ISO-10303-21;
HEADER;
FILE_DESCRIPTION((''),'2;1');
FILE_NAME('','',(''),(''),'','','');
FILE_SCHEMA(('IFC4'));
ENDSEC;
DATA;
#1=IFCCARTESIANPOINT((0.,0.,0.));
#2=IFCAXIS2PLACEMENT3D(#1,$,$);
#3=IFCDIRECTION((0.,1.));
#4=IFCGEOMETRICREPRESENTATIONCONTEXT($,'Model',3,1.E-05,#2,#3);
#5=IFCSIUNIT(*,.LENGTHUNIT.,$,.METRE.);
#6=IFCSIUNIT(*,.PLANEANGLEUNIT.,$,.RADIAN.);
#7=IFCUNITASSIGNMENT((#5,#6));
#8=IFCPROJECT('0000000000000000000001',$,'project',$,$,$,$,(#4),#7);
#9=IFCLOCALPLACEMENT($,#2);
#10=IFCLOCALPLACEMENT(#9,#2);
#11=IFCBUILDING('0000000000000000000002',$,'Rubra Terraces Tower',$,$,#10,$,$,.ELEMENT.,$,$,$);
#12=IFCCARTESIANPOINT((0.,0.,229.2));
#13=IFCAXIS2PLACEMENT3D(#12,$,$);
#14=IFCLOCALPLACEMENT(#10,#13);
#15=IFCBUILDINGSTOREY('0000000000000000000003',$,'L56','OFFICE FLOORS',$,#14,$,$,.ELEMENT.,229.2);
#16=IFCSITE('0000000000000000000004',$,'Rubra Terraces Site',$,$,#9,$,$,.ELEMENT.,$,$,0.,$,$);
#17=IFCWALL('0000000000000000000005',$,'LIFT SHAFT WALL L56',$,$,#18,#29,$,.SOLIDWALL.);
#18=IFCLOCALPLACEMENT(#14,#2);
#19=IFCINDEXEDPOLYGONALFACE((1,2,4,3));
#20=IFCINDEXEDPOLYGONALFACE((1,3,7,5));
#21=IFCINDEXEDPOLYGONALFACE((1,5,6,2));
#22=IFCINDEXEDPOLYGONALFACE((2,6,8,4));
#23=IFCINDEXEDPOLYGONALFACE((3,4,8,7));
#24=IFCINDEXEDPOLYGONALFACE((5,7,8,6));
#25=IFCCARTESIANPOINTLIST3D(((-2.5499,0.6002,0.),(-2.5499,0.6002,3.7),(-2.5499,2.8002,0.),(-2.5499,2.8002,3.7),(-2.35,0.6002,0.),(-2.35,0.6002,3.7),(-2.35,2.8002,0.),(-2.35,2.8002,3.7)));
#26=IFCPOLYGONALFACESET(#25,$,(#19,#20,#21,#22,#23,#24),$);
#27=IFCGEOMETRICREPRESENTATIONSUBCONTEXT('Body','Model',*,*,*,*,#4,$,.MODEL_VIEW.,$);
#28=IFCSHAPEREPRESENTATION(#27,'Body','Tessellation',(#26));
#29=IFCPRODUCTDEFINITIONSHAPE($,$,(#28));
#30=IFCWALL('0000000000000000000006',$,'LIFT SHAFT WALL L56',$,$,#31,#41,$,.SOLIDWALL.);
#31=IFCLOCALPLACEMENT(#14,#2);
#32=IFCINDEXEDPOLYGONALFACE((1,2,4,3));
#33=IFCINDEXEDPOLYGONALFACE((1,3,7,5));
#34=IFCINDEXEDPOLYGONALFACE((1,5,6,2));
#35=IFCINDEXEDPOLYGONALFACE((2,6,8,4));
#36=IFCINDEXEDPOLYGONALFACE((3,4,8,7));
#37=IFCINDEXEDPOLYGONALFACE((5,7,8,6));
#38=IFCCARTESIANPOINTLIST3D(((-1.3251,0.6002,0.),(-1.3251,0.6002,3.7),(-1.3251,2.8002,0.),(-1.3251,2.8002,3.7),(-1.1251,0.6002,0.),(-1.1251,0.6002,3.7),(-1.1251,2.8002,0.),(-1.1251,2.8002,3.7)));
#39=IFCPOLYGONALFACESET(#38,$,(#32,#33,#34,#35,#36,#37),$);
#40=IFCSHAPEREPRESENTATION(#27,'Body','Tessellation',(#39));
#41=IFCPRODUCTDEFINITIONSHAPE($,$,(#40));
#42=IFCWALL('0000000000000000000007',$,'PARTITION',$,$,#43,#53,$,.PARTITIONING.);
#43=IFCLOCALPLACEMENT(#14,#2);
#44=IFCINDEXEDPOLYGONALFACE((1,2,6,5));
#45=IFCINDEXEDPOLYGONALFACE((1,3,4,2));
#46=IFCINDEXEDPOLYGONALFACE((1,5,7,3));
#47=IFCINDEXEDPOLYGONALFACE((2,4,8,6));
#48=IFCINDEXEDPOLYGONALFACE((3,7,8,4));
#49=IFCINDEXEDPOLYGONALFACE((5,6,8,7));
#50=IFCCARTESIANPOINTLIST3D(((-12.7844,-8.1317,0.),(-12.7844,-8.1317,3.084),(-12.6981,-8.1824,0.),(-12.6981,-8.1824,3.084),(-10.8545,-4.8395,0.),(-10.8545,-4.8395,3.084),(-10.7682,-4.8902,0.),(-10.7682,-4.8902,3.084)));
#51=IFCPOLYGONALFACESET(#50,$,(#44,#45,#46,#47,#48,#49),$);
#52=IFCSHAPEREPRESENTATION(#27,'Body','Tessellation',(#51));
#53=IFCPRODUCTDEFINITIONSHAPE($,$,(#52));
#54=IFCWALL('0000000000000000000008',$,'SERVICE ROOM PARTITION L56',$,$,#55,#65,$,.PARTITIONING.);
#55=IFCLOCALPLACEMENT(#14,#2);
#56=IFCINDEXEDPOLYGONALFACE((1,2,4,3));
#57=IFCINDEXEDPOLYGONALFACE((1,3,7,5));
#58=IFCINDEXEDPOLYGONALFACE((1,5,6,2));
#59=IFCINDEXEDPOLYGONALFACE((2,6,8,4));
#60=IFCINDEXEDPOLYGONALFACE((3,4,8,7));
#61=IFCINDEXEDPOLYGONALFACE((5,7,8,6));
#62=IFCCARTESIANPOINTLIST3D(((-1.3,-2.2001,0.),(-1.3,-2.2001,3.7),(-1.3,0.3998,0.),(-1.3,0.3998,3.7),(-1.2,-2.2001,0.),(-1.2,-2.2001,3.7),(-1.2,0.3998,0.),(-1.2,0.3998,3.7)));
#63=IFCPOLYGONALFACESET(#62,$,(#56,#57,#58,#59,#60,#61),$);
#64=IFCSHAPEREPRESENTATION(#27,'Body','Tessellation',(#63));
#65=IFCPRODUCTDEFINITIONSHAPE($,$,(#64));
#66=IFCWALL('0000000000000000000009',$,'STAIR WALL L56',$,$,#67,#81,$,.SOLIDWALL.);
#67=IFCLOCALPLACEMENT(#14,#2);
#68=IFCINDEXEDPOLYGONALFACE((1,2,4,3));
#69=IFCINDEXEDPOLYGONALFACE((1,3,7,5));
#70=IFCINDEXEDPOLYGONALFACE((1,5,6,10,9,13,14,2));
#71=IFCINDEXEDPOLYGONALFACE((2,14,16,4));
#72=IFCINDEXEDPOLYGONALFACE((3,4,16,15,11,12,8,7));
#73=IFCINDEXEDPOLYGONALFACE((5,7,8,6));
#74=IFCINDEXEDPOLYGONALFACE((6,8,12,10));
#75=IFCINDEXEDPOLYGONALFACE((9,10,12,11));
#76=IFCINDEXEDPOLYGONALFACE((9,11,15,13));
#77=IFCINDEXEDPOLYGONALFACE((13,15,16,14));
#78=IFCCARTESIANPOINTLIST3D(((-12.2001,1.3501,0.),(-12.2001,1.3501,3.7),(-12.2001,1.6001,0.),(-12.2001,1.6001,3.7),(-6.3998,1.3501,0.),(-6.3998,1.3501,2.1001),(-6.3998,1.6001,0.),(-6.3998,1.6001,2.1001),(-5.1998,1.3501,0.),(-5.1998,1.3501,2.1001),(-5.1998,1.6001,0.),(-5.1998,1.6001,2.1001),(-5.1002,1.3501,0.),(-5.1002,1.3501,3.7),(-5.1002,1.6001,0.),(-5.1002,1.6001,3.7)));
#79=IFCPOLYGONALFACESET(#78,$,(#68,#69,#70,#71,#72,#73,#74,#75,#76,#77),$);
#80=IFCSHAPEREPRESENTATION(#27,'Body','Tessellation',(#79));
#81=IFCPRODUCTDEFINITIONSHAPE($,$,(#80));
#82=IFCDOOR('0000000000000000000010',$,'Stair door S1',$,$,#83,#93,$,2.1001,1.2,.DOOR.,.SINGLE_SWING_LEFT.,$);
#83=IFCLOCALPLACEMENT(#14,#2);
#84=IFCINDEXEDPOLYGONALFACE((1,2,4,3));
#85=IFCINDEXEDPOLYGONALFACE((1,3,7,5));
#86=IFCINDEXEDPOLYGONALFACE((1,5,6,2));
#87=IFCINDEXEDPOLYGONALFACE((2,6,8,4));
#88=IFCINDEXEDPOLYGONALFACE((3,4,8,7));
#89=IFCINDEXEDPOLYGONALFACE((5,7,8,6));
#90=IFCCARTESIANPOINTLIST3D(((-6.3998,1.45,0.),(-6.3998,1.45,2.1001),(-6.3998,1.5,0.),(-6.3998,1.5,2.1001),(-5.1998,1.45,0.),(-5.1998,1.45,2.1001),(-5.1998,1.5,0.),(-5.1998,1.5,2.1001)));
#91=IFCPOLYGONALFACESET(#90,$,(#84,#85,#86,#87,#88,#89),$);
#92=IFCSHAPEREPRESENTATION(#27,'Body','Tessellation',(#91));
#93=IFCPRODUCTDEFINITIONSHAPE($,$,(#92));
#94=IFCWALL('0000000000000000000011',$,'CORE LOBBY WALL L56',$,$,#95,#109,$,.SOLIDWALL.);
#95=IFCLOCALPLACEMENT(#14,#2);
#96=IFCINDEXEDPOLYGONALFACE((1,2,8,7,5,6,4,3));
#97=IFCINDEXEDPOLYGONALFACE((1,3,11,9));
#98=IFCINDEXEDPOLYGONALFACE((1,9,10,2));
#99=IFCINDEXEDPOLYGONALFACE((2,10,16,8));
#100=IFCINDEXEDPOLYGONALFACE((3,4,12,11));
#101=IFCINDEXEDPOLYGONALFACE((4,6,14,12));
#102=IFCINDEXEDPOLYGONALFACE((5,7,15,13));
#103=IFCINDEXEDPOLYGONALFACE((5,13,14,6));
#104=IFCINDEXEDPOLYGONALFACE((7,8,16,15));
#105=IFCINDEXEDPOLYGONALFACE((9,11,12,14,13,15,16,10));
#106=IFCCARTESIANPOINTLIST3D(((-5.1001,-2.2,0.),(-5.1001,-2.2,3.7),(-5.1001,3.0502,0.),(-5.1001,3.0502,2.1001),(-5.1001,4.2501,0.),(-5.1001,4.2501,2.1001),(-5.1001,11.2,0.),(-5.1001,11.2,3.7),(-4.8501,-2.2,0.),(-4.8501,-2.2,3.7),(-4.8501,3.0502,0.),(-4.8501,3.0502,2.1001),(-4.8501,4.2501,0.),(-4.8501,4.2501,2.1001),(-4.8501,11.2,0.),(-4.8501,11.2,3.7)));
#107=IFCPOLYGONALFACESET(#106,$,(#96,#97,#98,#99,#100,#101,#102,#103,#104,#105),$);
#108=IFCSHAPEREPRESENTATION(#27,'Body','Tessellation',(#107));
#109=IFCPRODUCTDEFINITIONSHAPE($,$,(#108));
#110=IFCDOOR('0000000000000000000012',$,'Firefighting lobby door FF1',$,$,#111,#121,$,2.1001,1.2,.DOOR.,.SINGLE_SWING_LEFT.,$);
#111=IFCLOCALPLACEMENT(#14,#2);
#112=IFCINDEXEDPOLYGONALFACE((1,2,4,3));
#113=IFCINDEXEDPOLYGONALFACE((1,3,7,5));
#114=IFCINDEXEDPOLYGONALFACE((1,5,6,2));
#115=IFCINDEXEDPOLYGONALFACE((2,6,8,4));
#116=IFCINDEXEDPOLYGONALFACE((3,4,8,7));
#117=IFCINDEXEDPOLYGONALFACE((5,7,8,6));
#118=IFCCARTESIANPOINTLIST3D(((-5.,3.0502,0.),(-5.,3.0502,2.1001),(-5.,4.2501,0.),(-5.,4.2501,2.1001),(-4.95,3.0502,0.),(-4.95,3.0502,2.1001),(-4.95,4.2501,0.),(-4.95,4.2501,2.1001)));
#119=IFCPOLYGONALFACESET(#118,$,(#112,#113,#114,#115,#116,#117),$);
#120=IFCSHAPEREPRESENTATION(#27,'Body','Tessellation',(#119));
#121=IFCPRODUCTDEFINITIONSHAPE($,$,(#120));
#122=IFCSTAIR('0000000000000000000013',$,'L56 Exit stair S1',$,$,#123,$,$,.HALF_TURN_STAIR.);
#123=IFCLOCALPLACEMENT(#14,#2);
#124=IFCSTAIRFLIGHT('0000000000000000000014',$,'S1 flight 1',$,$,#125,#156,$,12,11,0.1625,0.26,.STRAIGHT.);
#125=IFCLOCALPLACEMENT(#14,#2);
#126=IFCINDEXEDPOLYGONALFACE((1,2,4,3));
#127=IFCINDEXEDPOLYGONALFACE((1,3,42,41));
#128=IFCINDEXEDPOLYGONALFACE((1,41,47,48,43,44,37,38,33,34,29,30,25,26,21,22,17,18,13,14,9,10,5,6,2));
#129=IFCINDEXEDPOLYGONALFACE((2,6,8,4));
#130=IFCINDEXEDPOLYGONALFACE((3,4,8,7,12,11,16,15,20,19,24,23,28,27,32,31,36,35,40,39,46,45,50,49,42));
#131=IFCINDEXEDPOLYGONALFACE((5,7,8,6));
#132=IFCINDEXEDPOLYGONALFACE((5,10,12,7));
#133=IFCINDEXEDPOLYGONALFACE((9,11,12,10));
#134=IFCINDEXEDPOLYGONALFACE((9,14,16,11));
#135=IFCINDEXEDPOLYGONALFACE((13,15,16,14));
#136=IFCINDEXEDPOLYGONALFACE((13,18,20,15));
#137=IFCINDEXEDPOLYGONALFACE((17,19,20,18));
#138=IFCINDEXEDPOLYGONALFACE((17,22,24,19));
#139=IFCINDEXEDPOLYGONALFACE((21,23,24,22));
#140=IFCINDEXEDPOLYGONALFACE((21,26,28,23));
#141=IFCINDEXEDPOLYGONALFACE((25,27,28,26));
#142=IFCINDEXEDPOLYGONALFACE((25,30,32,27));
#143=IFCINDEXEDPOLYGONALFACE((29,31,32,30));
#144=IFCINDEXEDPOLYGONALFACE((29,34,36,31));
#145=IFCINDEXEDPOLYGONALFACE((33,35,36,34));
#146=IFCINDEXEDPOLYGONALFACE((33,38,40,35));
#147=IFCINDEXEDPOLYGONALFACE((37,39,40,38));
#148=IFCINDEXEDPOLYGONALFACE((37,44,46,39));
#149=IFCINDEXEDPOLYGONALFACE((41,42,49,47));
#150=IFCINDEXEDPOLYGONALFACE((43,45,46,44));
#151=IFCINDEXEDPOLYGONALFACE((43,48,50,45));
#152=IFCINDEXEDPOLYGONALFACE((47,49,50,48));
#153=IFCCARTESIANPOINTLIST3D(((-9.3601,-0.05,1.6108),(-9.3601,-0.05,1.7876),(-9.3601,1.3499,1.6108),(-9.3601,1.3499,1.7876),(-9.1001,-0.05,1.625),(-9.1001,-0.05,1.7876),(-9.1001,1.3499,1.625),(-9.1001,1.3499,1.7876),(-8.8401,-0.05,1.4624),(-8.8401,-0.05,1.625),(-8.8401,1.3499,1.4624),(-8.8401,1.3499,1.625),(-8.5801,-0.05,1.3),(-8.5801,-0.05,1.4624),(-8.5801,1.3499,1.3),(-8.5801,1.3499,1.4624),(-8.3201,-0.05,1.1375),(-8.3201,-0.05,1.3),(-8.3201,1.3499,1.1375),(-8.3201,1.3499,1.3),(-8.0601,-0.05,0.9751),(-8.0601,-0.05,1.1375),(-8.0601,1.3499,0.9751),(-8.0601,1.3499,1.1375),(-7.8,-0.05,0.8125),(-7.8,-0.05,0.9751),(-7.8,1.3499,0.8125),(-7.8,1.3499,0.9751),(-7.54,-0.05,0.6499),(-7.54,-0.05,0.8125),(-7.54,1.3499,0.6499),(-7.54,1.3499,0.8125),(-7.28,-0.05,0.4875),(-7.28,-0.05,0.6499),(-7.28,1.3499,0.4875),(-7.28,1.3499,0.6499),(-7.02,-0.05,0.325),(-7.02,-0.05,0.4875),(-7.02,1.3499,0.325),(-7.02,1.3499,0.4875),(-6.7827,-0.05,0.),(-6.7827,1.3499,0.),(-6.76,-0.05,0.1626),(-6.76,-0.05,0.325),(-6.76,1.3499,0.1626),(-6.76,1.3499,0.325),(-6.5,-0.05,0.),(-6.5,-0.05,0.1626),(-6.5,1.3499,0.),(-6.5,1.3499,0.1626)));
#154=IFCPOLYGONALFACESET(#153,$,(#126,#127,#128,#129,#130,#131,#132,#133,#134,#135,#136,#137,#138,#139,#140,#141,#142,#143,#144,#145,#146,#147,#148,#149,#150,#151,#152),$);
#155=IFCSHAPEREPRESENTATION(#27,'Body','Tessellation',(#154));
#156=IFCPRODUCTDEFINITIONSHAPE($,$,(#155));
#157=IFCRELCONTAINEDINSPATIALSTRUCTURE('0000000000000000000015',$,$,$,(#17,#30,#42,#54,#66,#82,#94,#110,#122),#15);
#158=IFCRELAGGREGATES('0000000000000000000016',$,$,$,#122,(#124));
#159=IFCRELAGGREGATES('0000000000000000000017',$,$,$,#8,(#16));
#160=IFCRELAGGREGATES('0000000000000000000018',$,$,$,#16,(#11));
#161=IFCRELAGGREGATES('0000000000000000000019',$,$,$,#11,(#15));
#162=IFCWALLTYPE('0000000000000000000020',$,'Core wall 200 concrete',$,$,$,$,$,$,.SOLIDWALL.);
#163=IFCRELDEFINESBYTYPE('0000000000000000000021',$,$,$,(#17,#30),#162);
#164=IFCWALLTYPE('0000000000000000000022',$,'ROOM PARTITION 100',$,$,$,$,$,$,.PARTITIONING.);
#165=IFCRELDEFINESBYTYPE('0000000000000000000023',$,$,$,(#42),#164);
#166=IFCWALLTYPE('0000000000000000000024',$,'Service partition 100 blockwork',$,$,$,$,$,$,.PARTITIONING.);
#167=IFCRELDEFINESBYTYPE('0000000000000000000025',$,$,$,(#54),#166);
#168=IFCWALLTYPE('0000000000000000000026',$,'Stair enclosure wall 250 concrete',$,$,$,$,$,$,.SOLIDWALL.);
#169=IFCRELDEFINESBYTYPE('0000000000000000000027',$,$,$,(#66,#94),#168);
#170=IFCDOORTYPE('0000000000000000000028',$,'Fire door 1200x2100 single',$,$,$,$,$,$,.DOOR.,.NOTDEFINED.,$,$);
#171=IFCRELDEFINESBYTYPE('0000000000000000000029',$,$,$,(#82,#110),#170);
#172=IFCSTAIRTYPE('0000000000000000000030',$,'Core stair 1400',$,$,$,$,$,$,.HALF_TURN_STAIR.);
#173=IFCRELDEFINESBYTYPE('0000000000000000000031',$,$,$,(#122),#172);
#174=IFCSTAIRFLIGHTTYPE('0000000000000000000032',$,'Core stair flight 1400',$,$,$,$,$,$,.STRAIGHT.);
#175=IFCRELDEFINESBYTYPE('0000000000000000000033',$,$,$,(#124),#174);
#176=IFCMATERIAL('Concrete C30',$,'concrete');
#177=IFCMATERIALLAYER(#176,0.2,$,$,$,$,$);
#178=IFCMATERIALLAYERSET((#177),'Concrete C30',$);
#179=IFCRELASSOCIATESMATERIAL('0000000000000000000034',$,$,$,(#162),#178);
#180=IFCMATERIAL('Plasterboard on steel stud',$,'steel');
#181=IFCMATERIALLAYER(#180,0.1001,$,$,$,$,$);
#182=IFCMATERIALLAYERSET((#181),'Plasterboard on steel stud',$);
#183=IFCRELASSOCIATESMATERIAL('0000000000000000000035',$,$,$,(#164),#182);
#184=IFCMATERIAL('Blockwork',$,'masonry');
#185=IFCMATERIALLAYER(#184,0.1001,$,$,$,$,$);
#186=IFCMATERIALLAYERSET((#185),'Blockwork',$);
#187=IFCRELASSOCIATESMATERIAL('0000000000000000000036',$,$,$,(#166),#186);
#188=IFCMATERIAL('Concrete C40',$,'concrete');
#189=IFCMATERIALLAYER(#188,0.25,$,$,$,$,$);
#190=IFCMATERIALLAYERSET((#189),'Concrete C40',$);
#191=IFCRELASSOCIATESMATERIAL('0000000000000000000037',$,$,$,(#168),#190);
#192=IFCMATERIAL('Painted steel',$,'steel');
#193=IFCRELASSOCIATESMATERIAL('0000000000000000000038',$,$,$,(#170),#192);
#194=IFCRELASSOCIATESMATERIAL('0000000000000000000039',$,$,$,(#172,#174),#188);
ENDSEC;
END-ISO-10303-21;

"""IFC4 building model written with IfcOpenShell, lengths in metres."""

from ifc_helpers import new_model, si_unit, direction, frame, frame_2d, origin, place, context, subcontext, project, spatial, polyline, rectangle, outline, extrude, material, layer, layer_set, type_object, element, fill, aggregate, save


model = new_model("IFC4")

# Units and contexts
model_context = context("Model", 3, precision=1e-05, world=origin(), true_north=direction((0.0, 1.0)))
body_context = subcontext(model_context, "Body", "Model", "MODEL_VIEW")
ifc_project = project(units=[si_unit("LENGTHUNIT", "METRE"), si_unit("PLANEANGLEUNIT", "RADIAN")], contexts=[model_context])

# Site, building, storey
site_placement = place(None, origin())
site = spatial("IfcSite", under=ifc_project, at=site_placement, Name="Rubra Terraces Site", CompositionType="ELEMENT", RefElevation=0.0)
building_placement = place(site_placement, origin())
building = spatial("IfcBuilding", under=site, at=building_placement, Name="Rubra Terraces Tower", CompositionType="ELEMENT")
storey_placement = place(building_placement, frame((0.0, 0.0, 229.2)))
storey = spatial("IfcBuildingStorey", under=building, at=storey_placement, Name="L56", Description="OFFICE FLOORS", CompositionType="ELEMENT", Elevation=229.2)

# Shared definitions
ifc_material_1 = material(Name="Concrete C40", Category="concrete")

# Shared definitions
ifc_material_2 = material(Name="Painted steel", Category="steel")

# Walls
ifc_material_3 = material(Name="Concrete C30", Category="concrete")
ifc_layer_1 = layer(ifc_material_3, 0.2)
ifc_layer_set_1 = layer_set([ifc_layer_1], Name="Concrete C30")
wall_type_1 = type_object("IfcWallType", Name="Core wall 200 concrete", PredefinedType="SOLIDWALL", material=ifc_layer_set_1)
for number, where, z_axis, x_axis, name in (
    (1, (-2.45, 0.6001, 0.0), (0.0, 0.0, 1.0), (0.0, 1.0, 0.0), "LIFT SHAFT WALL L56"),
    (2, (-1.2251, 0.6001, 0.0), (0.0, 0.0, 1.0), (0.0, 1.0, 0.0), "LIFT SHAFT WALL L56"),
):
    element("IfcWall", number, at=place(storey_placement, frame(where, z_axis=z_axis, x_axis=x_axis)), inside=storey, type_object=wall_type_1, Name=name, PredefinedType="SOLIDWALL", context=body_context, shape_type="SweptSolid", body=[
        extrude(rectangle(XDim=2.2, YDim=0.2, at=frame_2d((1.1001, 0.0))), origin(), (0.0, 0.0, 1.0), 3.7),
    ])
ifc_material_4 = material(Name="Plasterboard on steel stud", Category="steel")
ifc_layer_2 = layer(ifc_material_4, 0.1001)
ifc_layer_set_2 = layer_set([ifc_layer_2], Name="Plasterboard on steel stud")
wall_type_2 = type_object("IfcWallType", Name="ROOM PARTITION 100", PredefinedType="PARTITIONING", material=ifc_layer_set_2)
wall_1_placement = place(storey_placement, frame((-10.8113, -4.8647, 0.0), z_axis=(0.0, 0.0, 1.0), x_axis=(-0.505719, -0.862698, 0.0)))
element("IfcWall", 3, at=wall_1_placement, inside=storey, type_object=wall_type_2, Name="PARTITION", PredefinedType="PARTITIONING", context=body_context, shape_type="SweptSolid", body=[
    extrude(rectangle(XDim=3.8162, YDim=0.1001, at=frame_2d((1.9082, 0.0))), origin(), (0.0, 0.0, 1.0), 3.084),
])
ifc_material_5 = material(Name="Blockwork", Category="masonry")
ifc_layer_3 = layer(ifc_material_5, 0.1001)
ifc_layer_set_3 = layer_set([ifc_layer_3], Name="Blockwork")
wall_type_3 = type_object("IfcWallType", Name="Service partition 100 blockwork", PredefinedType="PARTITIONING", material=ifc_layer_set_3)
wall_2_placement = place(storey_placement, frame((-1.25, -2.2, 0.0), z_axis=(0.0, 0.0, 1.0), x_axis=(0.0, 1.0, 0.0)))
element("IfcWall", 4, at=wall_2_placement, inside=storey, type_object=wall_type_3, Name="SERVICE ROOM PARTITION L56", PredefinedType="PARTITIONING", context=body_context, shape_type="SweptSolid", body=[
    extrude(rectangle(XDim=2.5999, YDim=0.1001, at=frame_2d((1.2998, 0.0))), origin(), (0.0, 0.0, 1.0), 3.7),
])

# Walls, openings, doors
ifc_layer_4 = layer(ifc_material_1, 0.25)
ifc_layer_set_4 = layer_set([ifc_layer_4], Name="Concrete C40")
wall_type_4 = type_object("IfcWallType", Name="Stair enclosure wall 250 concrete", PredefinedType="SOLIDWALL", material=ifc_layer_set_4)
wall_3_placement = place(storey_placement, frame((-12.2, 1.4751, 0.0), z_axis=(0.0, 0.0, 1.0), x_axis=(1.0, 0.0, 0.0)))
wall_3 = element("IfcWall", 5, at=wall_3_placement, inside=storey, type_object=wall_type_4, Name="STAIR WALL L56", PredefinedType="SOLIDWALL", context=body_context, shape_type="SweptSolid", body=[
    extrude(rectangle(XDim=7.0999, YDim=0.25, at=frame_2d((3.5498, 0.0))), origin(), (0.0, 0.0, 1.0), 3.7),
])
opening_1_placement = place(wall_3_placement, frame((5.8, 0.0, 0.0)))
opening_1 = element("IfcOpeningElement", 6, at=opening_1_placement, cuts=wall_3, PredefinedType="OPENING", context=body_context, shape_type="SweptSolid", body=[
    extrude(rectangle(XDim=1.2, YDim=2.1001, at=frame_2d((0.6001, 1.05))), frame((0.0, 0.135, 0.0), z_axis=(0.0, -1.0, 0.0), x_axis=(1.0, 0.0, 0.0)), (0.0, 0.0, 1.0), 0.27),
])
door_type_1 = type_object("IfcDoorType", Name="Fire door 1200x2100 single", OperationType="NOTDEFINED", PredefinedType="DOOR", material=ifc_material_2)
door_1_placement = place(opening_1_placement, origin())
door_1 = element("IfcDoor", 7, at=door_1_placement, inside=storey, type_object=door_type_1, Name="Stair door S1", OperationType="SINGLE_SWING_LEFT", OverallHeight=2.1001, OverallWidth=1.2, PredefinedType="DOOR", context=body_context, shape_type="SweptSolid", body=[
    extrude(rectangle(XDim=1.2, YDim=2.1001, at=frame_2d((0.6001, 1.05))), frame((0.0, 0.0249, 0.0), z_axis=(0.0, -1.0, 0.0), x_axis=(1.0, 0.0, 0.0)), (0.0, 0.0, 1.0), 0.05),
])
fill(opening_1, door_1)
wall_4_placement = place(storey_placement, frame((-4.9751, -2.2, 0.0), z_axis=(0.0, 0.0, 1.0), x_axis=(0.0, 1.0, 0.0)))
wall_4 = element("IfcWall", 8, at=wall_4_placement, inside=storey, type_object=wall_type_4, Name="CORE LOBBY WALL L56", PredefinedType="SOLIDWALL", context=body_context, shape_type="SweptSolid", body=[
    extrude(rectangle(XDim=13.3999, YDim=0.25, at=frame_2d((6.7, 0.0))), origin(), (0.0, 0.0, 1.0), 3.7),
])
opening_2_placement = place(wall_4_placement, frame((5.25, 0.0, 0.0)))
opening_2 = element("IfcOpeningElement", 9, at=opening_2_placement, cuts=wall_4, PredefinedType="OPENING", context=body_context, shape_type="SweptSolid", body=[
    extrude(rectangle(XDim=1.2, YDim=2.1001, at=frame_2d((0.6001, 1.05))), frame((0.0, 0.135, 0.0), z_axis=(0.0, -1.0, 0.0), x_axis=(1.0, 0.0, 0.0)), (0.0, 0.0, 1.0), 0.27),
])
door_2_placement = place(opening_2_placement, origin())
door_2 = element("IfcDoor", 10, at=door_2_placement, inside=storey, type_object=door_type_1, Name="Firefighting lobby door FF1", OperationType="SINGLE_SWING_LEFT", OverallHeight=2.1001, OverallWidth=1.2, PredefinedType="DOOR", context=body_context, shape_type="SweptSolid", body=[
    extrude(rectangle(XDim=1.2, YDim=2.1001, at=frame_2d((0.6001, 1.05))), frame((0.0, 0.0249, 0.0), z_axis=(0.0, -1.0, 0.0), x_axis=(1.0, 0.0, 0.0)), (0.0, 0.0, 1.0), 0.05),
])
fill(opening_2, door_2)

# Stair, stair flight
stair_type = type_object("IfcStairType", Name="Core stair 1400", PredefinedType="HALF_TURN_STAIR", material=ifc_material_1)
stair_placement = place(storey_placement, origin())
stair = element("IfcStair", 11, at=stair_placement, inside=storey, type_object=stair_type, Name="L56 Exit stair S1", PredefinedType="HALF_TURN_STAIR")
stair_flight_type = type_object("IfcStairFlightType", Name="Core stair flight 1400", PredefinedType="STRAIGHT", material=ifc_material_1)
stair_flight_1_placement = place(storey_placement, frame((-6.5, 0.6499, 0.0), z_axis=(0.0, 0.0, 1.0), x_axis=(-1.0, 0.0, 0.0)))
stair_flight_1 = element("IfcStairFlight", 12, at=stair_flight_1_placement, type_object=stair_flight_type, Name="S1 flight 1", NumberOfRisers=12, NumberOfTreads=11, PredefinedType="STRAIGHT", RiserHeight=0.1625, TreadLength=0.26, context=body_context, shape_type="SweptSolid", body=[
    extrude(outline(polyline([(0.0, 0.0), (0.0, 0.1626), (0.26, 0.1626), (0.26, 0.325), (0.52, 0.325), (0.52, 0.4875), (0.78, 0.4875), (0.78, 0.6499), (1.04, 0.6499), (1.04, 0.8125), (1.3, 0.8125), (1.3, 0.9751), (1.5601, 0.9751), (1.5601, 1.1375), (1.8201, 1.1375), (1.8201, 1.3), (2.0801, 1.3), (2.0801, 1.4624), (2.3401, 1.4624), (2.3401, 1.625), (2.6001, 1.625), (2.6001, 1.7876), (2.8601, 1.7876), (2.8601, 1.95), (2.8601, 1.6108), (0.2827, 0.0), (0.0, 0.0)])), frame((0.0, 0.7, 0.0), z_axis=(0.0, -1.0, 0.0), x_axis=(1.0, 0.0, 0.0)), (0.0, 0.0, 1.0), 1.3999),
])
aggregate(stair, [stair_flight_1])

save(model, "model.ifc")
